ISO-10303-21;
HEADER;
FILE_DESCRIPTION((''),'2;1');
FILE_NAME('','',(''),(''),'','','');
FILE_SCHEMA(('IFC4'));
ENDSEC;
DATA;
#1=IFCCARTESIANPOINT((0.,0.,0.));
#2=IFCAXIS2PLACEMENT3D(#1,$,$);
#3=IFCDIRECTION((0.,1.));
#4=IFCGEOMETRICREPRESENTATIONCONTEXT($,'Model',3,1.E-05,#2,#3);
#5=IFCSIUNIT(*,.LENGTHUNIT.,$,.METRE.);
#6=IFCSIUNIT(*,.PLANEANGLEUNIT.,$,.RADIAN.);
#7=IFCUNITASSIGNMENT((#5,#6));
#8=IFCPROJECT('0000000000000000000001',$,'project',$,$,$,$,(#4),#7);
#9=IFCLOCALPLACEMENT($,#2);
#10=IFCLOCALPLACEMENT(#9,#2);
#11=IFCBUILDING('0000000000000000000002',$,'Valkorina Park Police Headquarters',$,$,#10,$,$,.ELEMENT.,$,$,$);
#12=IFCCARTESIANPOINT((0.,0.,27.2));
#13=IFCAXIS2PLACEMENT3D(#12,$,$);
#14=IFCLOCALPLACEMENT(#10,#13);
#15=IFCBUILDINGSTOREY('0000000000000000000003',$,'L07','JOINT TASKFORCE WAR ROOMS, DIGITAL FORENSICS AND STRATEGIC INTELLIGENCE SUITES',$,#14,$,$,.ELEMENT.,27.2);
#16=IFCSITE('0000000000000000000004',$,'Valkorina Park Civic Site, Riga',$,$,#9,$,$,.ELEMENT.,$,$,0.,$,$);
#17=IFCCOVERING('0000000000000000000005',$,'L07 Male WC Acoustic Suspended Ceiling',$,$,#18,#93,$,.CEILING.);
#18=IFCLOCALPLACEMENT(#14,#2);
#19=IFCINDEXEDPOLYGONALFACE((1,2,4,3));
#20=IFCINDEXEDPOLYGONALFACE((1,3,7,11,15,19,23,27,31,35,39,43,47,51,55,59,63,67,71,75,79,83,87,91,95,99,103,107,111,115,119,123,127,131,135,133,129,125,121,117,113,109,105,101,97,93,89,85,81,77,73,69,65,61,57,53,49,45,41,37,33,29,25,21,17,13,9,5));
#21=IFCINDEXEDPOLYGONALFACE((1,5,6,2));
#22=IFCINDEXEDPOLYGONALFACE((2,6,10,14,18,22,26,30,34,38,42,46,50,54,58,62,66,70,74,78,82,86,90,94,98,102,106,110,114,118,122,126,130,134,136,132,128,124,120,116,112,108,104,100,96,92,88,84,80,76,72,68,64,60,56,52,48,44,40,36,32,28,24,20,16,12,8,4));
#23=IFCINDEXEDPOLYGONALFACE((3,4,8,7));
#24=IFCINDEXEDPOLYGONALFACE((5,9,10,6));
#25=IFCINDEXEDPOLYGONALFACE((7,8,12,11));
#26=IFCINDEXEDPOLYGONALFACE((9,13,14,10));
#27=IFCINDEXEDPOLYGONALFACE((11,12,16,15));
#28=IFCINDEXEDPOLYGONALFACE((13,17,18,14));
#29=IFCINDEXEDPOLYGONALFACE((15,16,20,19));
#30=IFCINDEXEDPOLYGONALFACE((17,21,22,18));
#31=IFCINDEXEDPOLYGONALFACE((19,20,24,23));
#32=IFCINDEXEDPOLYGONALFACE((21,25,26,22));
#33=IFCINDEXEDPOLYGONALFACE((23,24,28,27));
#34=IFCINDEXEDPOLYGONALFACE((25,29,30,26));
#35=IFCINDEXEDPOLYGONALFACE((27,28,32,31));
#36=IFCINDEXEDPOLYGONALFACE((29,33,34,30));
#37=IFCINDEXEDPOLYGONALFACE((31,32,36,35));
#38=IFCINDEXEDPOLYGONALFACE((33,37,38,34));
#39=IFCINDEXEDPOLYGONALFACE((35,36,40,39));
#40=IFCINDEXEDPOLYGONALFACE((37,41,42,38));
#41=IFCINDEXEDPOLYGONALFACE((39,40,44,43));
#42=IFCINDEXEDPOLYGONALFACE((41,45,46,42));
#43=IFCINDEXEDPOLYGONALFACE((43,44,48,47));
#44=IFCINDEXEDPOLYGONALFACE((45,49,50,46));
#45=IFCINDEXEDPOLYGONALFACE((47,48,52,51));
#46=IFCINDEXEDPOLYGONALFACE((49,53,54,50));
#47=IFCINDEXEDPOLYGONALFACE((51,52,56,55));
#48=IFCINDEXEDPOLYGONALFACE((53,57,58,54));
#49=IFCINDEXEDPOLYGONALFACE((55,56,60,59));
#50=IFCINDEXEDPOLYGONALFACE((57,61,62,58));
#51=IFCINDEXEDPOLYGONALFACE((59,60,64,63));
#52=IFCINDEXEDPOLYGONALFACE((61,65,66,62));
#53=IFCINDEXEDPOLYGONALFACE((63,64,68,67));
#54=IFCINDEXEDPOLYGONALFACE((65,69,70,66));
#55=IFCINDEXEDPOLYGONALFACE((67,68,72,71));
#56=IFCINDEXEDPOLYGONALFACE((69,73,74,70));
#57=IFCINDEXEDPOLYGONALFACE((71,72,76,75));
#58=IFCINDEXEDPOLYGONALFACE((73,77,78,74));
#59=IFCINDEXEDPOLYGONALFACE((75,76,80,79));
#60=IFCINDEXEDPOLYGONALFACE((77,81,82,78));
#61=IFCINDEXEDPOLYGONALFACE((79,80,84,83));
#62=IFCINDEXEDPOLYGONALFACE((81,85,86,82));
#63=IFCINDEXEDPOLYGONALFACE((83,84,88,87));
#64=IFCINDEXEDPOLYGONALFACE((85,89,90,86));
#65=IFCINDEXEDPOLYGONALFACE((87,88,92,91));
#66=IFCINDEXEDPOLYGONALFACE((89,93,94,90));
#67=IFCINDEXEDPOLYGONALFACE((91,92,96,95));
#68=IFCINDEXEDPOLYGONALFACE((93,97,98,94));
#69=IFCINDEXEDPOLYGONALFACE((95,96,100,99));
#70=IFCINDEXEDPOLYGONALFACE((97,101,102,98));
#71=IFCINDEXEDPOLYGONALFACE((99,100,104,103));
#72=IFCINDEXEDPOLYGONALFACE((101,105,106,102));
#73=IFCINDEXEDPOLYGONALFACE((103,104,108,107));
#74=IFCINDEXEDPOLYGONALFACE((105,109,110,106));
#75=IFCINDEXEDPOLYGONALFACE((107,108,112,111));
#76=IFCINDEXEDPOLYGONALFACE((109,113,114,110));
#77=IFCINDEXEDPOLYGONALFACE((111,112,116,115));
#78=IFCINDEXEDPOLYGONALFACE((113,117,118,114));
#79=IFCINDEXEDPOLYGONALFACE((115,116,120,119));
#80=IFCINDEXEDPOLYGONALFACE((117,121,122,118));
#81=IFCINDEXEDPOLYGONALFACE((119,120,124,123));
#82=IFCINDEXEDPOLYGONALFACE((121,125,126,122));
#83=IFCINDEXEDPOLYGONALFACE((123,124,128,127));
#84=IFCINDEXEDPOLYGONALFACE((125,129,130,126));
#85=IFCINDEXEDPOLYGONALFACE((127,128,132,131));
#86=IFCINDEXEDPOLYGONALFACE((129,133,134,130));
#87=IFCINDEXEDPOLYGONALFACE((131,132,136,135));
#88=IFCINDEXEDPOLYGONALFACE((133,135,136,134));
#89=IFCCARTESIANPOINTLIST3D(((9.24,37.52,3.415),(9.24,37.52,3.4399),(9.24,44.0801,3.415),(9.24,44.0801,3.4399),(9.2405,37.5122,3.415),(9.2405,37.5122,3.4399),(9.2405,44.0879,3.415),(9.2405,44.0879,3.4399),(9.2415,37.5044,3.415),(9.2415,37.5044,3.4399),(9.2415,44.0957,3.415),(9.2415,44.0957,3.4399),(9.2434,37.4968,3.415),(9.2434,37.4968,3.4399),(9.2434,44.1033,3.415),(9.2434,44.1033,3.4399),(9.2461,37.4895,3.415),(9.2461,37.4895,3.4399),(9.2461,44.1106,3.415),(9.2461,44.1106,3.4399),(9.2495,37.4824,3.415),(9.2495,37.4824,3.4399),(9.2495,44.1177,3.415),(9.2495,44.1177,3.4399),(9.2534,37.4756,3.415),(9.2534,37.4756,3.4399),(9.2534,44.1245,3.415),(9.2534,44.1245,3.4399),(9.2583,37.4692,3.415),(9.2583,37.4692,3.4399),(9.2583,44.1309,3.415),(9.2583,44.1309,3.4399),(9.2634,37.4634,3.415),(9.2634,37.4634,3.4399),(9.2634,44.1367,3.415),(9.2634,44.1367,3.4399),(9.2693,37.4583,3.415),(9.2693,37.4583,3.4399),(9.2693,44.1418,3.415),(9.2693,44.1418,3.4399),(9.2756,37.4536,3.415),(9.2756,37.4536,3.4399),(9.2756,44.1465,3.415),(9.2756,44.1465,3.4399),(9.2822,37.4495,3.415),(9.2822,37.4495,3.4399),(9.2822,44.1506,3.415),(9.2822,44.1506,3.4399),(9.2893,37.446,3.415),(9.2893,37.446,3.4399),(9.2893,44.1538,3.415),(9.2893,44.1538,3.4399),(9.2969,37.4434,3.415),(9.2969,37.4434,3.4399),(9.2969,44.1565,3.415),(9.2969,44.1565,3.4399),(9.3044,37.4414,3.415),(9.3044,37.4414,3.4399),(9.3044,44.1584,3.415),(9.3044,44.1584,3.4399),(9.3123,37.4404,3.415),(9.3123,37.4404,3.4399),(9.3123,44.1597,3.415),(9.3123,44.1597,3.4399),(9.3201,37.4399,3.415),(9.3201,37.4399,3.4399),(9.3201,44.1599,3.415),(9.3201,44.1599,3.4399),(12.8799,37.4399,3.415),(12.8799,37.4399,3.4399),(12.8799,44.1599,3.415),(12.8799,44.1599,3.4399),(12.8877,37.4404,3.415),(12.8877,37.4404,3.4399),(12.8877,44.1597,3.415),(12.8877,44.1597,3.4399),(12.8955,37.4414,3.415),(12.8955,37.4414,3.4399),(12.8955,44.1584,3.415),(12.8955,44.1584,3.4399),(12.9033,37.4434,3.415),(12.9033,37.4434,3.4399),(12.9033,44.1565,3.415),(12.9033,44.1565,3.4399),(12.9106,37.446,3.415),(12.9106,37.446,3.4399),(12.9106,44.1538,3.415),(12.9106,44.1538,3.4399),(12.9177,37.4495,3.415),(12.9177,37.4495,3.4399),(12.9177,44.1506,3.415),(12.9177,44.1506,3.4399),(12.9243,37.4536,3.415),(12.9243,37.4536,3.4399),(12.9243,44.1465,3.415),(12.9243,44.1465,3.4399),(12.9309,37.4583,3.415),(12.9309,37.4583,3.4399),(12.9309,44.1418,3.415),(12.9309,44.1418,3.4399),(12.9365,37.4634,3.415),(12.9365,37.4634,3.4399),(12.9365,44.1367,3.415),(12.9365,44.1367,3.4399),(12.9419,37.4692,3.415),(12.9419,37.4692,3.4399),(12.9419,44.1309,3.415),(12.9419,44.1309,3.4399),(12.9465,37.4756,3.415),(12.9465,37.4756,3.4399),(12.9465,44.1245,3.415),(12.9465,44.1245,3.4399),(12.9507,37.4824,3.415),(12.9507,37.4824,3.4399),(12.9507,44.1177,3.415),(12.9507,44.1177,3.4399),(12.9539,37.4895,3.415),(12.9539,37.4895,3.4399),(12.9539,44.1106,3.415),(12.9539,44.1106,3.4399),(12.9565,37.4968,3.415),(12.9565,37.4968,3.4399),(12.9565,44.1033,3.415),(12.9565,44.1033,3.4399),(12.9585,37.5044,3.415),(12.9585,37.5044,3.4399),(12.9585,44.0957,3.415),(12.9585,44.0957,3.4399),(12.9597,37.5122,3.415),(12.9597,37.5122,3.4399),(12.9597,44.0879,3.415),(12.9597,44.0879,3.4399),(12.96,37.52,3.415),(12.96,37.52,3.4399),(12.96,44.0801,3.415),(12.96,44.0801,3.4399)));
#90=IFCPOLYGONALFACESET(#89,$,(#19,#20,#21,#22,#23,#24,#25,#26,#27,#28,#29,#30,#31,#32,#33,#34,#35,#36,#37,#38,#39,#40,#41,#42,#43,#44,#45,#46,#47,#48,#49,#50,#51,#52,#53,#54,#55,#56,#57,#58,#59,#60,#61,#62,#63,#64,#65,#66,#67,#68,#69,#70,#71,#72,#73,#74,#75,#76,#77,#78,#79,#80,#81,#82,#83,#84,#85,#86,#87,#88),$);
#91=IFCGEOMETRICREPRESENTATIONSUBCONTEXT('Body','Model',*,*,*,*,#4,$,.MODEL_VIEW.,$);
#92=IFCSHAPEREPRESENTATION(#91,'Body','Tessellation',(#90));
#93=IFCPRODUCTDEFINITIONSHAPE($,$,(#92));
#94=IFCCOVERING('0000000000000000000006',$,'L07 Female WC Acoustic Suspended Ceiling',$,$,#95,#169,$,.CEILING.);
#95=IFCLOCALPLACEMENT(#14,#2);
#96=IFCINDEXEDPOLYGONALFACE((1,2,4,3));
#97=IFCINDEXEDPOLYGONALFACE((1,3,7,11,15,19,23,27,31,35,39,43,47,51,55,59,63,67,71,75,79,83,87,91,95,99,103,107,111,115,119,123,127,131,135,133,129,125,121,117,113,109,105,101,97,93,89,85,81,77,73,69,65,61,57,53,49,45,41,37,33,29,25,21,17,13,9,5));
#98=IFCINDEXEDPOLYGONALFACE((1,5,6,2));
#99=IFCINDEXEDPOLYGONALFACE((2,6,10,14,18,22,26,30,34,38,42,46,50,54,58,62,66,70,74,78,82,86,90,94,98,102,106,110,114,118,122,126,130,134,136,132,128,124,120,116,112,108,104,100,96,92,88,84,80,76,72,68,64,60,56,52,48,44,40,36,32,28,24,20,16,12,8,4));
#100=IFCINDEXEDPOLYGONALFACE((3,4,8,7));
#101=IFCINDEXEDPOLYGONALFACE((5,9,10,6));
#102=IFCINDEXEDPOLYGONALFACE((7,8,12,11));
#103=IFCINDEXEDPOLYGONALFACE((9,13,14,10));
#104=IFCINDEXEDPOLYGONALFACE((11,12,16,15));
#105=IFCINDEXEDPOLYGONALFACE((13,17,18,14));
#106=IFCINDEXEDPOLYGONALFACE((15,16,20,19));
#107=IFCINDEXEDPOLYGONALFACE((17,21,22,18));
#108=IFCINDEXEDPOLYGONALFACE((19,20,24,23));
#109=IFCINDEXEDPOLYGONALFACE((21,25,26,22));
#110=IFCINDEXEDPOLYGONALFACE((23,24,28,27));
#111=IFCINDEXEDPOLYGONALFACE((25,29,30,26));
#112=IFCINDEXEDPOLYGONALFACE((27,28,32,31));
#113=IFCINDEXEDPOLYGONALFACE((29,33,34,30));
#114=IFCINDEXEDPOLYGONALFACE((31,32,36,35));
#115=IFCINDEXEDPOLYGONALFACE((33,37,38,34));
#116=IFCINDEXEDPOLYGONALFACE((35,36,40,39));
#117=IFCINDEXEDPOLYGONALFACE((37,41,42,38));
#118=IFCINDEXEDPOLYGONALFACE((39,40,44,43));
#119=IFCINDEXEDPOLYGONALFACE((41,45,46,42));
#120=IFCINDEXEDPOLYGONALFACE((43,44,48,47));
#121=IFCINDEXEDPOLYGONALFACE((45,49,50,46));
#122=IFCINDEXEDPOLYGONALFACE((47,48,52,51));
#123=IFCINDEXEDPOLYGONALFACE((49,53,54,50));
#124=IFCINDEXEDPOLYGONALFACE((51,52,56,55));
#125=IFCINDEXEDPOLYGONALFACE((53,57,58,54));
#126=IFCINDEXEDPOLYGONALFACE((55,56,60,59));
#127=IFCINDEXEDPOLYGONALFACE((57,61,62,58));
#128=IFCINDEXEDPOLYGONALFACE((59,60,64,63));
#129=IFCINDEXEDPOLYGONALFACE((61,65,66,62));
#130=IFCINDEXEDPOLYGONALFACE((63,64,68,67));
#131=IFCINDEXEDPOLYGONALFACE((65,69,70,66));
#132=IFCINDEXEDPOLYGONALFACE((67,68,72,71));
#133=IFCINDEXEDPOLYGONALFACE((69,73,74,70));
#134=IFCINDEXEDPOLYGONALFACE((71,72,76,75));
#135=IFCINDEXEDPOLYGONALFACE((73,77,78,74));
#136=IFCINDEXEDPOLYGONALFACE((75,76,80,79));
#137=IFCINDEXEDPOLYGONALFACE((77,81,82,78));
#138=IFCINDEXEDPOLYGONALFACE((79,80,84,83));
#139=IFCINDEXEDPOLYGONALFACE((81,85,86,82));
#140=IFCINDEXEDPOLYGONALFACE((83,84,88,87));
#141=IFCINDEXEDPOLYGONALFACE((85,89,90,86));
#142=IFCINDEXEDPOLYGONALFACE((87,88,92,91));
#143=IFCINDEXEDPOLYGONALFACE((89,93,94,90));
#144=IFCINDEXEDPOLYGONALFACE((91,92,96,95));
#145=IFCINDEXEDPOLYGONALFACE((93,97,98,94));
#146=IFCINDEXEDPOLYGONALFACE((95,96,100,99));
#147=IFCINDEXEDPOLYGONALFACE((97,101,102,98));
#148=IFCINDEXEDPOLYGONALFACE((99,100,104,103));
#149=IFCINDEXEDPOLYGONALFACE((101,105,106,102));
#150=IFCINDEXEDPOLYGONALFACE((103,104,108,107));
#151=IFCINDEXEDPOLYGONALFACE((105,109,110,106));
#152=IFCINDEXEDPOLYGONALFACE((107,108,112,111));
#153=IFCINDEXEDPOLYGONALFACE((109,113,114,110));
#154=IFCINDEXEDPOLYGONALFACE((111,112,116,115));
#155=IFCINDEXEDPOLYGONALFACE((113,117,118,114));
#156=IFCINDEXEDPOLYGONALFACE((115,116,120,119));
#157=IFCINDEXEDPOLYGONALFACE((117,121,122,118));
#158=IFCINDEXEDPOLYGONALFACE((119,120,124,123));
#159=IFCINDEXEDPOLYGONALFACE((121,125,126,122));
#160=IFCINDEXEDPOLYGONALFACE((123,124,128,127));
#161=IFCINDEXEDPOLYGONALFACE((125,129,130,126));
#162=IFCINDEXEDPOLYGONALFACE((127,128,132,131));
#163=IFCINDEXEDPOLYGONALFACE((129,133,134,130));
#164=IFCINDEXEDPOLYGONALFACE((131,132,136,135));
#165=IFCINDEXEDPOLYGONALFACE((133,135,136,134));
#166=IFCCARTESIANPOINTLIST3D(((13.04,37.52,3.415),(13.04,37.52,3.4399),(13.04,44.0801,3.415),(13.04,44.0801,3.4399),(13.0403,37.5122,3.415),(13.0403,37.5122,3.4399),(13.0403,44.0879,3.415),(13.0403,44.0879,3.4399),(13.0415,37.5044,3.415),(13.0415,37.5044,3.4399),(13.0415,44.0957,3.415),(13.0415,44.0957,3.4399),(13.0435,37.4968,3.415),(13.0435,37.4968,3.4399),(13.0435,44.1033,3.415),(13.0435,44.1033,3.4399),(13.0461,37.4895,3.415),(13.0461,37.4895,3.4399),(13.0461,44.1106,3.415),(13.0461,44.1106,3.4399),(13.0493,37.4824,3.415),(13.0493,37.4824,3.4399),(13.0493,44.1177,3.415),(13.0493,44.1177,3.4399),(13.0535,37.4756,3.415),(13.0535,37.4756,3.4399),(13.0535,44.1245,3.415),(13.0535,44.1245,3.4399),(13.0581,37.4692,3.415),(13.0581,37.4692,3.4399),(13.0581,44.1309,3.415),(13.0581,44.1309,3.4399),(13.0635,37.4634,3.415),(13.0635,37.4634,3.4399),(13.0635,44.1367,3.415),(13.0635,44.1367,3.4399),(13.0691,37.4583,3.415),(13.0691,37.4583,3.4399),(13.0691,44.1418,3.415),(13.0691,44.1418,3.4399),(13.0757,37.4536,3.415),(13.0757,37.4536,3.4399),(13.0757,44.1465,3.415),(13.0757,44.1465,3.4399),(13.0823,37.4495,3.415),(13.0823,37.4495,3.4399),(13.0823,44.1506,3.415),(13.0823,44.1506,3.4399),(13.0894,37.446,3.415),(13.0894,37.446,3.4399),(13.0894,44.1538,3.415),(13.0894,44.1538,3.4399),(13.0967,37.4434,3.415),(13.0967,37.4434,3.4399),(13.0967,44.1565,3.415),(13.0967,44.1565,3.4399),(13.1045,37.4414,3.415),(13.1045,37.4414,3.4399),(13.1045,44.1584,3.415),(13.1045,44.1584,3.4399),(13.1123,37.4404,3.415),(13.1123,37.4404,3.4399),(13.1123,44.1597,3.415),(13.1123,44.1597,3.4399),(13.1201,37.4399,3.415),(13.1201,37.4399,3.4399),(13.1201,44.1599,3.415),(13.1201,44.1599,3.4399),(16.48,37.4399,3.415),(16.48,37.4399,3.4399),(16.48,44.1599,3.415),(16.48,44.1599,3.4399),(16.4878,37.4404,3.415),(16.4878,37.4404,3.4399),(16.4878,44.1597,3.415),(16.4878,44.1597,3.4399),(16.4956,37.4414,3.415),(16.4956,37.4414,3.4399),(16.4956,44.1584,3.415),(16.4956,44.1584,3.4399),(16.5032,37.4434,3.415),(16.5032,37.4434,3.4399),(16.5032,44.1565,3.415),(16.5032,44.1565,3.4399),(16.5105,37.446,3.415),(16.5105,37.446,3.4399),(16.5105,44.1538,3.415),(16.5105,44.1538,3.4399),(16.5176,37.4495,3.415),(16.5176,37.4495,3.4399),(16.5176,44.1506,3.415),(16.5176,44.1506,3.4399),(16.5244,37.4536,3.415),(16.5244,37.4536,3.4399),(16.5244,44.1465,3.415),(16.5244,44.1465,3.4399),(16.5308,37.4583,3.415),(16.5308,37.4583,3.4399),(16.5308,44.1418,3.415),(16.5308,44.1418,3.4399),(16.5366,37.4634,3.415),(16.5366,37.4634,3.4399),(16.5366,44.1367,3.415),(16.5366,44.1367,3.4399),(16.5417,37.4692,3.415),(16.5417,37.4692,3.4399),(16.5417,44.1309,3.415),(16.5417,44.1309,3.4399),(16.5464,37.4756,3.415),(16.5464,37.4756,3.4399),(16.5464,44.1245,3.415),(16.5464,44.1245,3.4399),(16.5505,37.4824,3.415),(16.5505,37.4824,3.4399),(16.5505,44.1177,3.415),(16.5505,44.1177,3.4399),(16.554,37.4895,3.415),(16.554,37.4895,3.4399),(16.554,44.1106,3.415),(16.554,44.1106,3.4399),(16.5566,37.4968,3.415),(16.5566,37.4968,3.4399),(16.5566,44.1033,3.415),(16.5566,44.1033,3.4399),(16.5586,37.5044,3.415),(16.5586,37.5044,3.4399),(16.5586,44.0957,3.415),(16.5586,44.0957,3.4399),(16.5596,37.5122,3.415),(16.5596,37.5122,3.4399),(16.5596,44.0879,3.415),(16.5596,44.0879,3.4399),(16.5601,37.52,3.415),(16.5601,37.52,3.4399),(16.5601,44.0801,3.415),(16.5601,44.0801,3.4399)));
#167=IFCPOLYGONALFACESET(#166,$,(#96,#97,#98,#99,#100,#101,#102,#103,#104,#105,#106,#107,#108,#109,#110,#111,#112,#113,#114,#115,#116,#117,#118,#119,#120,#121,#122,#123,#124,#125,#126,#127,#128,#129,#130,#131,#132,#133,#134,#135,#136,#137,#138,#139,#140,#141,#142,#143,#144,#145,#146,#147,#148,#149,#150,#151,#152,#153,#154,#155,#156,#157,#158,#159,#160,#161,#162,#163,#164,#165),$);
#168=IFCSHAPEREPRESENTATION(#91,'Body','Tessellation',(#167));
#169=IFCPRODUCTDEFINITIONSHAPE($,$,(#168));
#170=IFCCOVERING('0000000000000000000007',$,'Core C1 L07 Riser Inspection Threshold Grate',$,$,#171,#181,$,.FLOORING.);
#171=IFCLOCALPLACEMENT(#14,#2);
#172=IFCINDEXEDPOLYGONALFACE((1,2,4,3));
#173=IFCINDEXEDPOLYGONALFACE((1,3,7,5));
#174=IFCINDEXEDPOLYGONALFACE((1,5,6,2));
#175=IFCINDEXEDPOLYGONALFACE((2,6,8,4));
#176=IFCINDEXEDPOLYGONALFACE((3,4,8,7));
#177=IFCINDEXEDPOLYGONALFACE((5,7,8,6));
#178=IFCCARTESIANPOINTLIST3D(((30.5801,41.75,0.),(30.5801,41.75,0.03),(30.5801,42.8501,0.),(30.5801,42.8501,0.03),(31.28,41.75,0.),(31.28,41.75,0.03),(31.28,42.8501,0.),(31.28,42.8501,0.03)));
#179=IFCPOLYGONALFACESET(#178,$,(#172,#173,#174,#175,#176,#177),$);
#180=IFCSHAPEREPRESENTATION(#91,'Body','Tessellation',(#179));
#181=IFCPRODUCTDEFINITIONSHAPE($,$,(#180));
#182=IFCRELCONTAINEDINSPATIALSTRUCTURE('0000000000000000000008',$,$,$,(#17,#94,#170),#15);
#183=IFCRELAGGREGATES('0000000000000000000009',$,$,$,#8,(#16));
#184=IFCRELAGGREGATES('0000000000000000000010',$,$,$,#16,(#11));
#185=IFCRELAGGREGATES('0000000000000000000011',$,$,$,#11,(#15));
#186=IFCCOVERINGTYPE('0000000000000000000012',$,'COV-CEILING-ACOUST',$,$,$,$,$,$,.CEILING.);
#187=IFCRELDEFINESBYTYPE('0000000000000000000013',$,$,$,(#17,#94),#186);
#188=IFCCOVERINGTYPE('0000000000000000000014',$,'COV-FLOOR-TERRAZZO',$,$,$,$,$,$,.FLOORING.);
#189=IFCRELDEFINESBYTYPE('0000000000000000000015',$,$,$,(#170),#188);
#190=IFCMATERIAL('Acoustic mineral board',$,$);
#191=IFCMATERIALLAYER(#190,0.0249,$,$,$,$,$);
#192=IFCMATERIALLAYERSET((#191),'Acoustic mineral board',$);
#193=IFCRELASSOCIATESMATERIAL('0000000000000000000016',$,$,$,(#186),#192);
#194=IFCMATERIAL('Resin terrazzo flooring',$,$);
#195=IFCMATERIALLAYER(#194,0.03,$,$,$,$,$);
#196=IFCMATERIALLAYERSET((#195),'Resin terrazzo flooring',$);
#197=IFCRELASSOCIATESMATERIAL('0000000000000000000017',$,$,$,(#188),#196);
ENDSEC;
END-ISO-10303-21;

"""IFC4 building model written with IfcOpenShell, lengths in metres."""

from ifc_helpers import new_model, si_unit, direction, frame, origin, place, context, subcontext, project, spatial, polyline, outline, extrude, material, layer, layer_set, type_object, element, save


model = new_model("IFC4")

# Units and contexts
model_context = context("Model", 3, precision=1e-05, world=origin(), true_north=direction((0.0, 1.0)))
body_context = subcontext(model_context, "Body", "Model", "MODEL_VIEW")
ifc_project = project(units=[si_unit("LENGTHUNIT", "METRE"), si_unit("PLANEANGLEUNIT", "RADIAN")], contexts=[model_context])

# Site, building, storey
site_placement = place(None, origin())
site = spatial("IfcSite", under=ifc_project, at=site_placement, Name="Valkorina Park Civic Site, Riga", CompositionType="ELEMENT", RefElevation=0.0)
building_placement = place(site_placement, origin())
building = spatial("IfcBuilding", under=site, at=building_placement, Name="Valkorina Park Police Headquarters", CompositionType="ELEMENT")
storey_placement = place(building_placement, frame((0.0, 0.0, 27.2)))
storey = spatial("IfcBuildingStorey", under=building, at=storey_placement, Name="L07", Description="JOINT TASKFORCE WAR ROOMS, DIGITAL FORENSICS AND STRATEGIC INTELLIGENCE SUITES", CompositionType="ELEMENT", Elevation=27.2)

# Coverings
ifc_material_1 = material(Name="Acoustic mineral board")
ifc_layer_1 = layer(ifc_material_1, 0.0249)
ifc_layer_set_1 = layer_set([ifc_layer_1], Name="Acoustic mineral board")
covering_type_1 = type_object("IfcCoveringType", Name="COV-CEILING-ACOUST", PredefinedType="CEILING", material=ifc_layer_set_1)
covering_1_placement = place(storey_placement, frame((0.0, 0.0, 3.415)))
element("IfcCovering", 1, at=covering_1_placement, inside=storey, type_object=covering_type_1, Name="L07 Male WC Acoustic Suspended Ceiling", PredefinedType="CEILING", context=body_context, shape_type="SweptSolid", body=[
    extrude(outline(polyline([(12.8955, 44.1584), (12.8877, 44.1597), (12.8799, 44.1599), (9.3201, 44.1599), (9.3123, 44.1597), (9.3044, 44.1584), (9.2969, 44.1565), (9.2893, 44.1538), (9.2822, 44.1506), (9.2756, 44.1465), (9.2693, 44.1418), (9.2634, 44.1367), (9.2583, 44.1309), (9.2534, 44.1245), (9.2495, 44.1177), (9.2461, 44.1106), (9.2434, 44.1033), (9.2415, 44.0957), (9.2405, 44.0879), (9.24, 44.0801), (9.24, 37.52), (9.2405, 37.5122), (9.2415, 37.5044), (9.2434, 37.4968), (9.2461, 37.4895), (9.2495, 37.4824), (9.2534, 37.4756), (9.2583, 37.4692), (9.2634, 37.4634), (9.2693, 37.4583), (9.2756, 37.4536), (9.2822, 37.4495), (9.2893, 37.446), (9.2969, 37.4434), (9.3044, 37.4414), (9.3123, 37.4404), (9.3201, 37.4399), (12.8799, 37.4399), (12.8877, 37.4404), (12.8955, 37.4414), (12.9033, 37.4434), (12.9106, 37.446), (12.9177, 37.4495), (12.9243, 37.4536), (12.9309, 37.4583), (12.9365, 37.4634), (12.9419, 37.4692), (12.9465, 37.4756), (12.9507, 37.4824), (12.9539, 37.4895), (12.9565, 37.4968), (12.9585, 37.5044), (12.9597, 37.5122), (12.96, 37.52), (12.96, 44.0801), (12.9597, 44.0879), (12.9585, 44.0957), (12.9565, 44.1033), (12.9539, 44.1106), (12.9507, 44.1177), (12.9465, 44.1245), (12.9419, 44.1309), (12.9365, 44.1367), (12.9309, 44.1418), (12.9243, 44.1465), (12.9177, 44.1506), (12.9106, 44.1538), (12.9033, 44.1565), (12.8955, 44.1584)])), origin(), (0.0, 0.0, 1.0), 0.0249),
])
covering_2_placement = place(storey_placement, frame((0.0, 0.0, 3.415)))
element("IfcCovering", 2, at=covering_2_placement, inside=storey, type_object=covering_type_1, Name="L07 Female WC Acoustic Suspended Ceiling", PredefinedType="CEILING", context=body_context, shape_type="SweptSolid", body=[
    extrude(outline(polyline([(16.4956, 44.1584), (16.4878, 44.1597), (16.48, 44.1599), (13.1201, 44.1599), (13.1123, 44.1597), (13.1045, 44.1584), (13.0967, 44.1565), (13.0894, 44.1538), (13.0823, 44.1506), (13.0757, 44.1465), (13.0691, 44.1418), (13.0635, 44.1367), (13.0581, 44.1309), (13.0535, 44.1245), (13.0493, 44.1177), (13.0461, 44.1106), (13.0435, 44.1033), (13.0415, 44.0957), (13.0403, 44.0879), (13.04, 44.0801), (13.04, 37.52), (13.0403, 37.5122), (13.0415, 37.5044), (13.0435, 37.4968), (13.0461, 37.4895), (13.0493, 37.4824), (13.0535, 37.4756), (13.0581, 37.4692), (13.0635, 37.4634), (13.0691, 37.4583), (13.0757, 37.4536), (13.0823, 37.4495), (13.0894, 37.446), (13.0967, 37.4434), (13.1045, 37.4414), (13.1123, 37.4404), (13.1201, 37.4399), (16.48, 37.4399), (16.4878, 37.4404), (16.4956, 37.4414), (16.5032, 37.4434), (16.5105, 37.446), (16.5176, 37.4495), (16.5244, 37.4536), (16.5308, 37.4583), (16.5366, 37.4634), (16.5417, 37.4692), (16.5464, 37.4756), (16.5505, 37.4824), (16.554, 37.4895), (16.5566, 37.4968), (16.5586, 37.5044), (16.5596, 37.5122), (16.5601, 37.52), (16.5601, 44.0801), (16.5596, 44.0879), (16.5586, 44.0957), (16.5566, 44.1033), (16.554, 44.1106), (16.5505, 44.1177), (16.5464, 44.1245), (16.5417, 44.1309), (16.5366, 44.1367), (16.5308, 44.1418), (16.5244, 44.1465), (16.5176, 44.1506), (16.5105, 44.1538), (16.5032, 44.1565), (16.4956, 44.1584)])), origin(), (0.0, 0.0, 1.0), 0.0249),
])
ifc_material_2 = material(Name="Resin terrazzo flooring")
ifc_layer_2 = layer(ifc_material_2, 0.03)
ifc_layer_set_2 = layer_set([ifc_layer_2], Name="Resin terrazzo flooring")
covering_type_2 = type_object("IfcCoveringType", Name="COV-FLOOR-TERRAZZO", PredefinedType="FLOORING", material=ifc_layer_set_2)
covering_3_placement = place(storey_placement, origin())
element("IfcCovering", 3, at=covering_3_placement, inside=storey, type_object=covering_type_2, Name="Core C1 L07 Riser Inspection Threshold Grate", PredefinedType="FLOORING", context=body_context, shape_type="SweptSolid", body=[
    extrude(outline(polyline([(31.28, 41.75), (31.28, 42.8501), (30.5801, 42.8501), (30.5801, 41.75), (31.28, 41.75)])), origin(), (0.0, 0.0, 1.0), 0.03),
])

save(model, "model.ifc")
